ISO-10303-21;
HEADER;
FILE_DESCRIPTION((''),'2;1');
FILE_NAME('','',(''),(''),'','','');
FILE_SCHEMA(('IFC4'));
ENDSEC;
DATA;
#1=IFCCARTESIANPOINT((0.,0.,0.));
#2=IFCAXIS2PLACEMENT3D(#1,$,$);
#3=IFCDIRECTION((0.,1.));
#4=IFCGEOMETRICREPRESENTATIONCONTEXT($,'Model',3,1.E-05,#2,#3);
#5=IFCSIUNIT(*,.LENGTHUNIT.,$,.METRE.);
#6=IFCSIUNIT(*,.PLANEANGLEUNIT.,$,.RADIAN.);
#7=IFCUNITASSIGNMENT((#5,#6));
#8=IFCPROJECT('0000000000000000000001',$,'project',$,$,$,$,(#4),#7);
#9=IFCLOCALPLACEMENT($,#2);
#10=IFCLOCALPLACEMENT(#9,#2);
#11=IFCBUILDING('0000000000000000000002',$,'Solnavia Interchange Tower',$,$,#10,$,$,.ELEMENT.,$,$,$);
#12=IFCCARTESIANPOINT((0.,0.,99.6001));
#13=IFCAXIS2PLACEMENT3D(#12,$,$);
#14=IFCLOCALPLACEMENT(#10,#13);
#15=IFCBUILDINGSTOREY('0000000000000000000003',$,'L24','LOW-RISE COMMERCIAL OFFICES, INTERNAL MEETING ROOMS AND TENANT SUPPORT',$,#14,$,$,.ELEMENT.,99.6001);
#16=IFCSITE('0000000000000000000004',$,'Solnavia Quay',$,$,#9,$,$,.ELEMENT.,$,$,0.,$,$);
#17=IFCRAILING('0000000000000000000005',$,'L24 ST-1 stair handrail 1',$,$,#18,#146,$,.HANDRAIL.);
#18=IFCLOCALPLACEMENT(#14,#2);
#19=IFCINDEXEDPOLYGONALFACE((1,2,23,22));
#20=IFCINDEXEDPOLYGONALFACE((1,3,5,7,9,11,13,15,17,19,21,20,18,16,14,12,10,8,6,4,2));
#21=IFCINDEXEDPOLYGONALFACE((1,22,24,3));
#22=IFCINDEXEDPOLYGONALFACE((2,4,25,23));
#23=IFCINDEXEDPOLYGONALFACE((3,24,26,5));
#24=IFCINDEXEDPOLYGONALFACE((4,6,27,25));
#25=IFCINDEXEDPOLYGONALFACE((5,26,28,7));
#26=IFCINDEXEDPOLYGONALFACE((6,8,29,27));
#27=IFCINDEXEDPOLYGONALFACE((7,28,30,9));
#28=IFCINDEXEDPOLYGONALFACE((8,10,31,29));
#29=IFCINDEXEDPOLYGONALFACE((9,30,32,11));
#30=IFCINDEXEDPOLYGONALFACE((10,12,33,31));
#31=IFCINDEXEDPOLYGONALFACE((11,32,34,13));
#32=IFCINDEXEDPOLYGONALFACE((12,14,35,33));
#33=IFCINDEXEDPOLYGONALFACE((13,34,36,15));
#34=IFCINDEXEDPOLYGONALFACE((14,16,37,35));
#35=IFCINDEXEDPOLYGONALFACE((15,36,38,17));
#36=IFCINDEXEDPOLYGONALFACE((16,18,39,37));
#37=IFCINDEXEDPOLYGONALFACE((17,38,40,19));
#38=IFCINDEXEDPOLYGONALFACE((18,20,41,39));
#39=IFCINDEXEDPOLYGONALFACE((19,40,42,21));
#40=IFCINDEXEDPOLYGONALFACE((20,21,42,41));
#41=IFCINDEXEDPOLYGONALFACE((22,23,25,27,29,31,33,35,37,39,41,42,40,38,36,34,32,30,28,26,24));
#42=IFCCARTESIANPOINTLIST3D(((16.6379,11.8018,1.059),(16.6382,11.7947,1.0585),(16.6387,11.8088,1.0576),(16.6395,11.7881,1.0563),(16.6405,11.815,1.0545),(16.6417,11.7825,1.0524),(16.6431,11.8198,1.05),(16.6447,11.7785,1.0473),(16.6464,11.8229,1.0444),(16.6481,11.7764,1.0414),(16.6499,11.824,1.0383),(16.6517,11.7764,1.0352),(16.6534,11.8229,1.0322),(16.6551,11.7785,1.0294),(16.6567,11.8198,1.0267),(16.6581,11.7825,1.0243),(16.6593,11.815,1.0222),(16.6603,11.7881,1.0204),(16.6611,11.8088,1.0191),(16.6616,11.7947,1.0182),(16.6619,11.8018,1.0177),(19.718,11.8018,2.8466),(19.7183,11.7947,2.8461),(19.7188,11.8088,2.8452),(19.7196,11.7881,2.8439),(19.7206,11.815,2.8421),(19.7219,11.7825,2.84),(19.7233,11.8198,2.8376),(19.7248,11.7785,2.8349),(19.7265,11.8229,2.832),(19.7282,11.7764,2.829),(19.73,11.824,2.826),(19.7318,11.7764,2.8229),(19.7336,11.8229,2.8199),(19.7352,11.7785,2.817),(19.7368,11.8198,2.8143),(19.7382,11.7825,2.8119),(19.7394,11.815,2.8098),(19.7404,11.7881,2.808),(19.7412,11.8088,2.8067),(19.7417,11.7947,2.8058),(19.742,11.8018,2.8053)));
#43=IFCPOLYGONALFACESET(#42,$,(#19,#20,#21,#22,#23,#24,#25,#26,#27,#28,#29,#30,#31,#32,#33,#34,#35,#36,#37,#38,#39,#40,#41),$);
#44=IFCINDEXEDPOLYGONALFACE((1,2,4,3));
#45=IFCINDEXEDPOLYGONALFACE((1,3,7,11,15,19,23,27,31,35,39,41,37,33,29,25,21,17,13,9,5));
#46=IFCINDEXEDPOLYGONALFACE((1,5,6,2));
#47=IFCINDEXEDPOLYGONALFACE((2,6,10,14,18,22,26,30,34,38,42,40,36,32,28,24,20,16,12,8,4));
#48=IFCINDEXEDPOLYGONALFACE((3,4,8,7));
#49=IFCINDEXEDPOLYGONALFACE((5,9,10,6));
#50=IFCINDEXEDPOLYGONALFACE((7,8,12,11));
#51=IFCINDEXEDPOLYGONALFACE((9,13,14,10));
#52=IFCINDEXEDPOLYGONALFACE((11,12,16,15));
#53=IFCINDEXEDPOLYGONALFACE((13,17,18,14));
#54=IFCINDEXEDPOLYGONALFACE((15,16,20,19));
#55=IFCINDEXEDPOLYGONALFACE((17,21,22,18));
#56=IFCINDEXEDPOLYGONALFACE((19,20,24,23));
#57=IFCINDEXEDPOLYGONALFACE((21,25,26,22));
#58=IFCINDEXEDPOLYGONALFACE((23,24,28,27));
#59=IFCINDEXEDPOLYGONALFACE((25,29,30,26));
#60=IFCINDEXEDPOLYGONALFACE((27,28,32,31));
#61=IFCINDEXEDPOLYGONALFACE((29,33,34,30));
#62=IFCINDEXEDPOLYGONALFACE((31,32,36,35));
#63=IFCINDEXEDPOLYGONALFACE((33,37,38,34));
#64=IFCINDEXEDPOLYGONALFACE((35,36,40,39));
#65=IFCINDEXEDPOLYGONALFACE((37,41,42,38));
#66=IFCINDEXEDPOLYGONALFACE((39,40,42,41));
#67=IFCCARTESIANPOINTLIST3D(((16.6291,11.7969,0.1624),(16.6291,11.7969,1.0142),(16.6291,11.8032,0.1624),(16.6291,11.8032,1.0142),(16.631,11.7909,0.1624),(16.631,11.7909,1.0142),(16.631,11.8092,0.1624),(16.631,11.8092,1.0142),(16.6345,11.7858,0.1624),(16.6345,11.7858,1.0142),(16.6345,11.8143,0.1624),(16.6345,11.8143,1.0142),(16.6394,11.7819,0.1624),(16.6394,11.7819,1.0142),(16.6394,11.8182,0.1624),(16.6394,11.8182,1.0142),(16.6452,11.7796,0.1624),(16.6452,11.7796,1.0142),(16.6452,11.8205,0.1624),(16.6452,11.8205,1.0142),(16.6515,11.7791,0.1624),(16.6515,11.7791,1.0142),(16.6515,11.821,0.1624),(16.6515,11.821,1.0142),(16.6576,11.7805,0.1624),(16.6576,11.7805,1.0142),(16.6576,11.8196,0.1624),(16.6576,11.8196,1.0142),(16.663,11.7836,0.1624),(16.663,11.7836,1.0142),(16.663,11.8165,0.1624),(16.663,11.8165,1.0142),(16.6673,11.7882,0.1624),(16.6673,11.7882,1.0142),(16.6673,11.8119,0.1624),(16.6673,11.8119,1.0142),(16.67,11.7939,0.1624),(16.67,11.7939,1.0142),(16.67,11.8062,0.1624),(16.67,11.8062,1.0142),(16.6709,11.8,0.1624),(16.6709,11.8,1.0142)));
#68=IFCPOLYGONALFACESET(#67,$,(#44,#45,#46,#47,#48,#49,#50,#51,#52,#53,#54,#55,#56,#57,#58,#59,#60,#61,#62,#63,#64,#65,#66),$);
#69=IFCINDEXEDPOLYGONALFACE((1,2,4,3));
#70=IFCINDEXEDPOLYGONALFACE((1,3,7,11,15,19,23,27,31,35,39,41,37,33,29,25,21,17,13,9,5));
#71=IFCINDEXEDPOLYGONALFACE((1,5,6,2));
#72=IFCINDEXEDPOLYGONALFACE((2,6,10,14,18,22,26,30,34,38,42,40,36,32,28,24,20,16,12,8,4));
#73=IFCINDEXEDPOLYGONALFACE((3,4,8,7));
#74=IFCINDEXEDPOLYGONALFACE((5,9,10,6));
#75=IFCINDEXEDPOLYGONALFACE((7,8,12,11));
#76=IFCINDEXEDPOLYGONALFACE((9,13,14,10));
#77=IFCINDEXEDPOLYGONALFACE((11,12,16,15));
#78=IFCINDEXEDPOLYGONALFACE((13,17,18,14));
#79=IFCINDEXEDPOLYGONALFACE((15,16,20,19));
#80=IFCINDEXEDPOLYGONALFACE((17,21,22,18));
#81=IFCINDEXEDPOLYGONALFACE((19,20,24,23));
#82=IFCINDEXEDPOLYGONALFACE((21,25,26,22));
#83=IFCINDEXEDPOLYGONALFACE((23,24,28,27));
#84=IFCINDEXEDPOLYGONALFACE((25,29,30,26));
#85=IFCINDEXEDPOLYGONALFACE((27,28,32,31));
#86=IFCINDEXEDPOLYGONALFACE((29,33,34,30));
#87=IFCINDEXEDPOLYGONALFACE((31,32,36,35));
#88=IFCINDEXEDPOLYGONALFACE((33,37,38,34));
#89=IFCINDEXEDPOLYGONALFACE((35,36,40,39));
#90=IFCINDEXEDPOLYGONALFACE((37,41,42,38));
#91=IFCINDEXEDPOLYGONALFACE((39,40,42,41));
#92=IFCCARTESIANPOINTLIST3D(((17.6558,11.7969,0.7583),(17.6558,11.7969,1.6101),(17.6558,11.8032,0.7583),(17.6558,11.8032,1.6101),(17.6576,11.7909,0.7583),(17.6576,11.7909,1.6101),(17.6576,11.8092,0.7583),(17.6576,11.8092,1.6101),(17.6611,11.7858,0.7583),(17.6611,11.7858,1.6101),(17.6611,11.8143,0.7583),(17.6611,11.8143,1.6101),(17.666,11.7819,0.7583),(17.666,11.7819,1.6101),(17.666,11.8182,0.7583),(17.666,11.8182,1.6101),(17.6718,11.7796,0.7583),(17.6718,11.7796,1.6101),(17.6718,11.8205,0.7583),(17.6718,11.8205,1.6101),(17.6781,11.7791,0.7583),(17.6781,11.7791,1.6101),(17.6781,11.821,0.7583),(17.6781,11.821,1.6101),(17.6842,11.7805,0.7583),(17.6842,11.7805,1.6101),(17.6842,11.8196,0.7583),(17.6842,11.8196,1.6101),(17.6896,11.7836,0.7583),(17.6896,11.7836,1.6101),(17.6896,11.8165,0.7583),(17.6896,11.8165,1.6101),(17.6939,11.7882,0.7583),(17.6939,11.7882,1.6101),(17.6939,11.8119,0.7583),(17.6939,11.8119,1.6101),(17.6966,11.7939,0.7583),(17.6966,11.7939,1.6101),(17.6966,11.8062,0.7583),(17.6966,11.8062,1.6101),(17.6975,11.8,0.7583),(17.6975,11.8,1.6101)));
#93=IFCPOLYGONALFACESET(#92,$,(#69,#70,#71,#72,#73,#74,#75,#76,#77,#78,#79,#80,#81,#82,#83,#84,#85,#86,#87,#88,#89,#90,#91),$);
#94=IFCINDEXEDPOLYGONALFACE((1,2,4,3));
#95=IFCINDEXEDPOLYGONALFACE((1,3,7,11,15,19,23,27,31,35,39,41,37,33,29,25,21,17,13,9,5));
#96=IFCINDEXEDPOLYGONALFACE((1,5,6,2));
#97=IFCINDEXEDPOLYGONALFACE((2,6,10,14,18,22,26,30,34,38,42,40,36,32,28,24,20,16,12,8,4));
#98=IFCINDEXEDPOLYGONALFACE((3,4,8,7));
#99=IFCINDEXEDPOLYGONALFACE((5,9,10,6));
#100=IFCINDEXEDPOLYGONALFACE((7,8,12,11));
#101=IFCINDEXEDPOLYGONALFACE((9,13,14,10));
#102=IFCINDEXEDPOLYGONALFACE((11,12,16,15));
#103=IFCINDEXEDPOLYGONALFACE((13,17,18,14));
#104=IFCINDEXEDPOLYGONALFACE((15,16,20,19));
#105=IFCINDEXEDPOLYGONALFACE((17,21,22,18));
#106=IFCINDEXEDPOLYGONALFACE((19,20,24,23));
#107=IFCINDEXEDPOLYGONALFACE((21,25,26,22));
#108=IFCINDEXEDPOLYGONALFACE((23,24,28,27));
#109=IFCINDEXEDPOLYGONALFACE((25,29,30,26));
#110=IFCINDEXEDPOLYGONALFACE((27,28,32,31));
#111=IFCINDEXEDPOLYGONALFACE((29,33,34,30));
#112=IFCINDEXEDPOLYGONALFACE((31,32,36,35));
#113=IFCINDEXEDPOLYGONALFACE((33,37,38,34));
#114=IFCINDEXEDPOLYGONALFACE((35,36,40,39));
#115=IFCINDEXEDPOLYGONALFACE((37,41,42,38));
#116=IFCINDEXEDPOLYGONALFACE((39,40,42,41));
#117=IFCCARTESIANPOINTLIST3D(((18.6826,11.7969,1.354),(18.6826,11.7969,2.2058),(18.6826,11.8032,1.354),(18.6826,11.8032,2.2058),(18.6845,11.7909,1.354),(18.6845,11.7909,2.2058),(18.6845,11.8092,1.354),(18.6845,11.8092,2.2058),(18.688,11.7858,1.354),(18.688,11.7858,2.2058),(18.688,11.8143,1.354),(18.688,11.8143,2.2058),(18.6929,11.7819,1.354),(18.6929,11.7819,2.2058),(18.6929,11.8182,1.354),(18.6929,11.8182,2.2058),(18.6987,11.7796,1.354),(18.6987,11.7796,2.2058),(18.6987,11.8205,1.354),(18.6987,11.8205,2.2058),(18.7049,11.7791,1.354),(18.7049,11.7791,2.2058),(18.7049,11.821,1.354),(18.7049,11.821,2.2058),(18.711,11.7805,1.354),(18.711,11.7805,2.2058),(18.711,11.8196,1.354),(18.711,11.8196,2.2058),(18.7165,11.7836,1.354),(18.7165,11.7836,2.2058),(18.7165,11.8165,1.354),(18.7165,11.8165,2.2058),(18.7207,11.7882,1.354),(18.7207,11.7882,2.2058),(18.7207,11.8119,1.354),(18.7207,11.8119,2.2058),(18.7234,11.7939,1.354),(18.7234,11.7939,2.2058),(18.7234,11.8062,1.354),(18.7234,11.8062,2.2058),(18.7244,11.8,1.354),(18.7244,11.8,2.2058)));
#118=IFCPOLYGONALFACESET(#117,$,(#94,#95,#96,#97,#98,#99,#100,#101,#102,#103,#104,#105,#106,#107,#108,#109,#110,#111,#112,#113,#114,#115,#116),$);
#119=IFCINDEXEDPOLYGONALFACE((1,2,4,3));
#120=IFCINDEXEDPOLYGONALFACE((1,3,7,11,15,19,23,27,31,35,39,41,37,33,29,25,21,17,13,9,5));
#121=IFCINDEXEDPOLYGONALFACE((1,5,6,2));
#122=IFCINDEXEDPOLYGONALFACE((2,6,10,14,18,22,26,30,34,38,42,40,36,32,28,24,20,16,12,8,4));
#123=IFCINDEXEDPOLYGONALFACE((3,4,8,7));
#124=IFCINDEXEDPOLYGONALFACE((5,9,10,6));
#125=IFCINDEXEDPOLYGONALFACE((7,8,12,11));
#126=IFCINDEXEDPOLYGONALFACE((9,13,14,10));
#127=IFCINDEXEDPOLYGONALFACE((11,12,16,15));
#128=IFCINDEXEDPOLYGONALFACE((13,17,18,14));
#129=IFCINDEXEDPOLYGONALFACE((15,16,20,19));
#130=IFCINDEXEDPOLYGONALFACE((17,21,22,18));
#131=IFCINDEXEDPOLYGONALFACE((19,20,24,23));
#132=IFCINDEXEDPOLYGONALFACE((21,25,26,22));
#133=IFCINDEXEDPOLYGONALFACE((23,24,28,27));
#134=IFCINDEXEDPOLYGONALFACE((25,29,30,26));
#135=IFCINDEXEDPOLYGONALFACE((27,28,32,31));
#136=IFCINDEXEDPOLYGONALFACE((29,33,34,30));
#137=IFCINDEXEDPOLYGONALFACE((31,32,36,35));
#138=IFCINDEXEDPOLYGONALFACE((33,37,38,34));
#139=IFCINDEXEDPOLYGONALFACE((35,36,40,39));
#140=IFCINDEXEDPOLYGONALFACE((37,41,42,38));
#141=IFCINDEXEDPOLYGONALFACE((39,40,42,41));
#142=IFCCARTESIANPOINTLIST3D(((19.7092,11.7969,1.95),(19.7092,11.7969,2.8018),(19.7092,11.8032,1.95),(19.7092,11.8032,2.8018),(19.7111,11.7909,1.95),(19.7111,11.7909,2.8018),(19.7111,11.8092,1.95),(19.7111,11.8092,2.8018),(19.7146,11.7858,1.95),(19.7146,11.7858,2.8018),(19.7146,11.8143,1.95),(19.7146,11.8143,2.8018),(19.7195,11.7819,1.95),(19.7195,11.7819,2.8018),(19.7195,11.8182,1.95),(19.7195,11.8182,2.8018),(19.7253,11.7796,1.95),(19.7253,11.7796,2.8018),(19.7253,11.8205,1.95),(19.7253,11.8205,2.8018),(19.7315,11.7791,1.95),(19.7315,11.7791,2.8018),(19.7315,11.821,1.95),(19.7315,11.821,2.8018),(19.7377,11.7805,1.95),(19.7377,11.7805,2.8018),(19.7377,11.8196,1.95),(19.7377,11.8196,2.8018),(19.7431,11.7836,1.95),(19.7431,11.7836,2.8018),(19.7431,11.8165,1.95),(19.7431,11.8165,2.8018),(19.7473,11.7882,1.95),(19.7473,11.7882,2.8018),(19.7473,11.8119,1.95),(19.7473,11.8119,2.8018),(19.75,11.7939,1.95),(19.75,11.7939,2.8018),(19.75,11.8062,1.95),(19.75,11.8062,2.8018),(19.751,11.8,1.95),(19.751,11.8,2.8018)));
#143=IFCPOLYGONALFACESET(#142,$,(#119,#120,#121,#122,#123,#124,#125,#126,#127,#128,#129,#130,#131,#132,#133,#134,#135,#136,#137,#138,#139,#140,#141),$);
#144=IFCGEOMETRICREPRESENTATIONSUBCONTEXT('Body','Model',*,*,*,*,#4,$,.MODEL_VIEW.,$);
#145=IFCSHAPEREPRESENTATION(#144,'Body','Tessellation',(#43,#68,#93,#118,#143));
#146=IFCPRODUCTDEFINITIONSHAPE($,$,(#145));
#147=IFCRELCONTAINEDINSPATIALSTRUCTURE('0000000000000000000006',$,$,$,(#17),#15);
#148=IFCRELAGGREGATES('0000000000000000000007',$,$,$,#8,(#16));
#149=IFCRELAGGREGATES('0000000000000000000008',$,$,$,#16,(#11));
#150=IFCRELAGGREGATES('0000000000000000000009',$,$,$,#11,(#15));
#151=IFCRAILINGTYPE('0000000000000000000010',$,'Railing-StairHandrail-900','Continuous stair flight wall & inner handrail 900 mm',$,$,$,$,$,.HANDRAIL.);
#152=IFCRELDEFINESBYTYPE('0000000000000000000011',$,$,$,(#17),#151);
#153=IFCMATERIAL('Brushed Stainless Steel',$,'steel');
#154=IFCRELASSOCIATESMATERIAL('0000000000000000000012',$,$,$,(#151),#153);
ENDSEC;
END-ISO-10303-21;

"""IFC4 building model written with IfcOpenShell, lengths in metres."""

from ifc_helpers import new_model, si_unit, direction, frame, origin, origin_2d, place, context, subcontext, project, spatial, circle, extrude, material, type_object, element, save


model = new_model("IFC4")

# Units and contexts
model_context = context("Model", 3, precision=1e-05, world=origin(), true_north=direction((0.0, 1.0)))
body_context = subcontext(model_context, "Body", "Model", "MODEL_VIEW")
ifc_project = project(units=[si_unit("LENGTHUNIT", "METRE"), si_unit("PLANEANGLEUNIT", "RADIAN")], contexts=[model_context])

# Site, building, storey
site_placement = place(None, origin())
site = spatial("IfcSite", under=ifc_project, at=site_placement, Name="Solnavia Quay", CompositionType="ELEMENT", RefElevation=0.0)
building_placement = place(site_placement, origin())
building = spatial("IfcBuilding", under=site, at=building_placement, Name="Solnavia Interchange Tower", CompositionType="ELEMENT")
storey_placement = place(building_placement, frame((0.0, 0.0, 99.6001)))
storey = spatial("IfcBuildingStorey", under=building, at=storey_placement, Name="L24", Description="LOW-RISE COMMERCIAL OFFICES, INTERNAL MEETING ROOMS AND TENANT SUPPORT", CompositionType="ELEMENT", Elevation=99.6001)

# Railing
ifc_material_1 = material(Name="Brushed Stainless Steel", Category="steel")
railing_type_1 = type_object("IfcRailingType", Name="Railing-StairHandrail-900", Description="Continuous stair flight wall & inner handrail 900 mm", PredefinedType="HANDRAIL", material=ifc_material_1)
railing_1_placement = place(storey_placement, frame((16.6499, 11.8, 0.1624)))
element("IfcRailing", 1, at=railing_1_placement, inside=storey, type_object=railing_type_1, Name="L24 ST-1 stair handrail 1", PredefinedType="HANDRAIL", context=body_context, shape_type="SweptSolid", body=[
    extrude(circle(Radius=0.0239, at=origin_2d()), frame((0.0, 0.0, 0.876), z_axis=(0.864891, 0.0, 0.50196), x_axis=(0.0, 1.0, 0.0)), (0.0, 0.0, 1.0), 3.5613),
    extrude(circle(Radius=0.021, at=origin_2d()), origin(), (0.0, 0.0, 1.0), 0.8518),
    extrude(circle(Radius=0.021, at=origin_2d()), frame((1.0266, 0.0, 0.5959)), (0.0, 0.0, 1.0), 0.8518),
    extrude(circle(Radius=0.021, at=origin_2d()), frame((2.0535, 0.0, 1.1917)), (0.0, 0.0, 1.0), 0.8518),
    extrude(circle(Radius=0.021, at=origin_2d()), frame((3.0801, 0.0, 1.7876)), (0.0, 0.0, 1.0), 0.8518),
])

save(model, "model.ifc")
